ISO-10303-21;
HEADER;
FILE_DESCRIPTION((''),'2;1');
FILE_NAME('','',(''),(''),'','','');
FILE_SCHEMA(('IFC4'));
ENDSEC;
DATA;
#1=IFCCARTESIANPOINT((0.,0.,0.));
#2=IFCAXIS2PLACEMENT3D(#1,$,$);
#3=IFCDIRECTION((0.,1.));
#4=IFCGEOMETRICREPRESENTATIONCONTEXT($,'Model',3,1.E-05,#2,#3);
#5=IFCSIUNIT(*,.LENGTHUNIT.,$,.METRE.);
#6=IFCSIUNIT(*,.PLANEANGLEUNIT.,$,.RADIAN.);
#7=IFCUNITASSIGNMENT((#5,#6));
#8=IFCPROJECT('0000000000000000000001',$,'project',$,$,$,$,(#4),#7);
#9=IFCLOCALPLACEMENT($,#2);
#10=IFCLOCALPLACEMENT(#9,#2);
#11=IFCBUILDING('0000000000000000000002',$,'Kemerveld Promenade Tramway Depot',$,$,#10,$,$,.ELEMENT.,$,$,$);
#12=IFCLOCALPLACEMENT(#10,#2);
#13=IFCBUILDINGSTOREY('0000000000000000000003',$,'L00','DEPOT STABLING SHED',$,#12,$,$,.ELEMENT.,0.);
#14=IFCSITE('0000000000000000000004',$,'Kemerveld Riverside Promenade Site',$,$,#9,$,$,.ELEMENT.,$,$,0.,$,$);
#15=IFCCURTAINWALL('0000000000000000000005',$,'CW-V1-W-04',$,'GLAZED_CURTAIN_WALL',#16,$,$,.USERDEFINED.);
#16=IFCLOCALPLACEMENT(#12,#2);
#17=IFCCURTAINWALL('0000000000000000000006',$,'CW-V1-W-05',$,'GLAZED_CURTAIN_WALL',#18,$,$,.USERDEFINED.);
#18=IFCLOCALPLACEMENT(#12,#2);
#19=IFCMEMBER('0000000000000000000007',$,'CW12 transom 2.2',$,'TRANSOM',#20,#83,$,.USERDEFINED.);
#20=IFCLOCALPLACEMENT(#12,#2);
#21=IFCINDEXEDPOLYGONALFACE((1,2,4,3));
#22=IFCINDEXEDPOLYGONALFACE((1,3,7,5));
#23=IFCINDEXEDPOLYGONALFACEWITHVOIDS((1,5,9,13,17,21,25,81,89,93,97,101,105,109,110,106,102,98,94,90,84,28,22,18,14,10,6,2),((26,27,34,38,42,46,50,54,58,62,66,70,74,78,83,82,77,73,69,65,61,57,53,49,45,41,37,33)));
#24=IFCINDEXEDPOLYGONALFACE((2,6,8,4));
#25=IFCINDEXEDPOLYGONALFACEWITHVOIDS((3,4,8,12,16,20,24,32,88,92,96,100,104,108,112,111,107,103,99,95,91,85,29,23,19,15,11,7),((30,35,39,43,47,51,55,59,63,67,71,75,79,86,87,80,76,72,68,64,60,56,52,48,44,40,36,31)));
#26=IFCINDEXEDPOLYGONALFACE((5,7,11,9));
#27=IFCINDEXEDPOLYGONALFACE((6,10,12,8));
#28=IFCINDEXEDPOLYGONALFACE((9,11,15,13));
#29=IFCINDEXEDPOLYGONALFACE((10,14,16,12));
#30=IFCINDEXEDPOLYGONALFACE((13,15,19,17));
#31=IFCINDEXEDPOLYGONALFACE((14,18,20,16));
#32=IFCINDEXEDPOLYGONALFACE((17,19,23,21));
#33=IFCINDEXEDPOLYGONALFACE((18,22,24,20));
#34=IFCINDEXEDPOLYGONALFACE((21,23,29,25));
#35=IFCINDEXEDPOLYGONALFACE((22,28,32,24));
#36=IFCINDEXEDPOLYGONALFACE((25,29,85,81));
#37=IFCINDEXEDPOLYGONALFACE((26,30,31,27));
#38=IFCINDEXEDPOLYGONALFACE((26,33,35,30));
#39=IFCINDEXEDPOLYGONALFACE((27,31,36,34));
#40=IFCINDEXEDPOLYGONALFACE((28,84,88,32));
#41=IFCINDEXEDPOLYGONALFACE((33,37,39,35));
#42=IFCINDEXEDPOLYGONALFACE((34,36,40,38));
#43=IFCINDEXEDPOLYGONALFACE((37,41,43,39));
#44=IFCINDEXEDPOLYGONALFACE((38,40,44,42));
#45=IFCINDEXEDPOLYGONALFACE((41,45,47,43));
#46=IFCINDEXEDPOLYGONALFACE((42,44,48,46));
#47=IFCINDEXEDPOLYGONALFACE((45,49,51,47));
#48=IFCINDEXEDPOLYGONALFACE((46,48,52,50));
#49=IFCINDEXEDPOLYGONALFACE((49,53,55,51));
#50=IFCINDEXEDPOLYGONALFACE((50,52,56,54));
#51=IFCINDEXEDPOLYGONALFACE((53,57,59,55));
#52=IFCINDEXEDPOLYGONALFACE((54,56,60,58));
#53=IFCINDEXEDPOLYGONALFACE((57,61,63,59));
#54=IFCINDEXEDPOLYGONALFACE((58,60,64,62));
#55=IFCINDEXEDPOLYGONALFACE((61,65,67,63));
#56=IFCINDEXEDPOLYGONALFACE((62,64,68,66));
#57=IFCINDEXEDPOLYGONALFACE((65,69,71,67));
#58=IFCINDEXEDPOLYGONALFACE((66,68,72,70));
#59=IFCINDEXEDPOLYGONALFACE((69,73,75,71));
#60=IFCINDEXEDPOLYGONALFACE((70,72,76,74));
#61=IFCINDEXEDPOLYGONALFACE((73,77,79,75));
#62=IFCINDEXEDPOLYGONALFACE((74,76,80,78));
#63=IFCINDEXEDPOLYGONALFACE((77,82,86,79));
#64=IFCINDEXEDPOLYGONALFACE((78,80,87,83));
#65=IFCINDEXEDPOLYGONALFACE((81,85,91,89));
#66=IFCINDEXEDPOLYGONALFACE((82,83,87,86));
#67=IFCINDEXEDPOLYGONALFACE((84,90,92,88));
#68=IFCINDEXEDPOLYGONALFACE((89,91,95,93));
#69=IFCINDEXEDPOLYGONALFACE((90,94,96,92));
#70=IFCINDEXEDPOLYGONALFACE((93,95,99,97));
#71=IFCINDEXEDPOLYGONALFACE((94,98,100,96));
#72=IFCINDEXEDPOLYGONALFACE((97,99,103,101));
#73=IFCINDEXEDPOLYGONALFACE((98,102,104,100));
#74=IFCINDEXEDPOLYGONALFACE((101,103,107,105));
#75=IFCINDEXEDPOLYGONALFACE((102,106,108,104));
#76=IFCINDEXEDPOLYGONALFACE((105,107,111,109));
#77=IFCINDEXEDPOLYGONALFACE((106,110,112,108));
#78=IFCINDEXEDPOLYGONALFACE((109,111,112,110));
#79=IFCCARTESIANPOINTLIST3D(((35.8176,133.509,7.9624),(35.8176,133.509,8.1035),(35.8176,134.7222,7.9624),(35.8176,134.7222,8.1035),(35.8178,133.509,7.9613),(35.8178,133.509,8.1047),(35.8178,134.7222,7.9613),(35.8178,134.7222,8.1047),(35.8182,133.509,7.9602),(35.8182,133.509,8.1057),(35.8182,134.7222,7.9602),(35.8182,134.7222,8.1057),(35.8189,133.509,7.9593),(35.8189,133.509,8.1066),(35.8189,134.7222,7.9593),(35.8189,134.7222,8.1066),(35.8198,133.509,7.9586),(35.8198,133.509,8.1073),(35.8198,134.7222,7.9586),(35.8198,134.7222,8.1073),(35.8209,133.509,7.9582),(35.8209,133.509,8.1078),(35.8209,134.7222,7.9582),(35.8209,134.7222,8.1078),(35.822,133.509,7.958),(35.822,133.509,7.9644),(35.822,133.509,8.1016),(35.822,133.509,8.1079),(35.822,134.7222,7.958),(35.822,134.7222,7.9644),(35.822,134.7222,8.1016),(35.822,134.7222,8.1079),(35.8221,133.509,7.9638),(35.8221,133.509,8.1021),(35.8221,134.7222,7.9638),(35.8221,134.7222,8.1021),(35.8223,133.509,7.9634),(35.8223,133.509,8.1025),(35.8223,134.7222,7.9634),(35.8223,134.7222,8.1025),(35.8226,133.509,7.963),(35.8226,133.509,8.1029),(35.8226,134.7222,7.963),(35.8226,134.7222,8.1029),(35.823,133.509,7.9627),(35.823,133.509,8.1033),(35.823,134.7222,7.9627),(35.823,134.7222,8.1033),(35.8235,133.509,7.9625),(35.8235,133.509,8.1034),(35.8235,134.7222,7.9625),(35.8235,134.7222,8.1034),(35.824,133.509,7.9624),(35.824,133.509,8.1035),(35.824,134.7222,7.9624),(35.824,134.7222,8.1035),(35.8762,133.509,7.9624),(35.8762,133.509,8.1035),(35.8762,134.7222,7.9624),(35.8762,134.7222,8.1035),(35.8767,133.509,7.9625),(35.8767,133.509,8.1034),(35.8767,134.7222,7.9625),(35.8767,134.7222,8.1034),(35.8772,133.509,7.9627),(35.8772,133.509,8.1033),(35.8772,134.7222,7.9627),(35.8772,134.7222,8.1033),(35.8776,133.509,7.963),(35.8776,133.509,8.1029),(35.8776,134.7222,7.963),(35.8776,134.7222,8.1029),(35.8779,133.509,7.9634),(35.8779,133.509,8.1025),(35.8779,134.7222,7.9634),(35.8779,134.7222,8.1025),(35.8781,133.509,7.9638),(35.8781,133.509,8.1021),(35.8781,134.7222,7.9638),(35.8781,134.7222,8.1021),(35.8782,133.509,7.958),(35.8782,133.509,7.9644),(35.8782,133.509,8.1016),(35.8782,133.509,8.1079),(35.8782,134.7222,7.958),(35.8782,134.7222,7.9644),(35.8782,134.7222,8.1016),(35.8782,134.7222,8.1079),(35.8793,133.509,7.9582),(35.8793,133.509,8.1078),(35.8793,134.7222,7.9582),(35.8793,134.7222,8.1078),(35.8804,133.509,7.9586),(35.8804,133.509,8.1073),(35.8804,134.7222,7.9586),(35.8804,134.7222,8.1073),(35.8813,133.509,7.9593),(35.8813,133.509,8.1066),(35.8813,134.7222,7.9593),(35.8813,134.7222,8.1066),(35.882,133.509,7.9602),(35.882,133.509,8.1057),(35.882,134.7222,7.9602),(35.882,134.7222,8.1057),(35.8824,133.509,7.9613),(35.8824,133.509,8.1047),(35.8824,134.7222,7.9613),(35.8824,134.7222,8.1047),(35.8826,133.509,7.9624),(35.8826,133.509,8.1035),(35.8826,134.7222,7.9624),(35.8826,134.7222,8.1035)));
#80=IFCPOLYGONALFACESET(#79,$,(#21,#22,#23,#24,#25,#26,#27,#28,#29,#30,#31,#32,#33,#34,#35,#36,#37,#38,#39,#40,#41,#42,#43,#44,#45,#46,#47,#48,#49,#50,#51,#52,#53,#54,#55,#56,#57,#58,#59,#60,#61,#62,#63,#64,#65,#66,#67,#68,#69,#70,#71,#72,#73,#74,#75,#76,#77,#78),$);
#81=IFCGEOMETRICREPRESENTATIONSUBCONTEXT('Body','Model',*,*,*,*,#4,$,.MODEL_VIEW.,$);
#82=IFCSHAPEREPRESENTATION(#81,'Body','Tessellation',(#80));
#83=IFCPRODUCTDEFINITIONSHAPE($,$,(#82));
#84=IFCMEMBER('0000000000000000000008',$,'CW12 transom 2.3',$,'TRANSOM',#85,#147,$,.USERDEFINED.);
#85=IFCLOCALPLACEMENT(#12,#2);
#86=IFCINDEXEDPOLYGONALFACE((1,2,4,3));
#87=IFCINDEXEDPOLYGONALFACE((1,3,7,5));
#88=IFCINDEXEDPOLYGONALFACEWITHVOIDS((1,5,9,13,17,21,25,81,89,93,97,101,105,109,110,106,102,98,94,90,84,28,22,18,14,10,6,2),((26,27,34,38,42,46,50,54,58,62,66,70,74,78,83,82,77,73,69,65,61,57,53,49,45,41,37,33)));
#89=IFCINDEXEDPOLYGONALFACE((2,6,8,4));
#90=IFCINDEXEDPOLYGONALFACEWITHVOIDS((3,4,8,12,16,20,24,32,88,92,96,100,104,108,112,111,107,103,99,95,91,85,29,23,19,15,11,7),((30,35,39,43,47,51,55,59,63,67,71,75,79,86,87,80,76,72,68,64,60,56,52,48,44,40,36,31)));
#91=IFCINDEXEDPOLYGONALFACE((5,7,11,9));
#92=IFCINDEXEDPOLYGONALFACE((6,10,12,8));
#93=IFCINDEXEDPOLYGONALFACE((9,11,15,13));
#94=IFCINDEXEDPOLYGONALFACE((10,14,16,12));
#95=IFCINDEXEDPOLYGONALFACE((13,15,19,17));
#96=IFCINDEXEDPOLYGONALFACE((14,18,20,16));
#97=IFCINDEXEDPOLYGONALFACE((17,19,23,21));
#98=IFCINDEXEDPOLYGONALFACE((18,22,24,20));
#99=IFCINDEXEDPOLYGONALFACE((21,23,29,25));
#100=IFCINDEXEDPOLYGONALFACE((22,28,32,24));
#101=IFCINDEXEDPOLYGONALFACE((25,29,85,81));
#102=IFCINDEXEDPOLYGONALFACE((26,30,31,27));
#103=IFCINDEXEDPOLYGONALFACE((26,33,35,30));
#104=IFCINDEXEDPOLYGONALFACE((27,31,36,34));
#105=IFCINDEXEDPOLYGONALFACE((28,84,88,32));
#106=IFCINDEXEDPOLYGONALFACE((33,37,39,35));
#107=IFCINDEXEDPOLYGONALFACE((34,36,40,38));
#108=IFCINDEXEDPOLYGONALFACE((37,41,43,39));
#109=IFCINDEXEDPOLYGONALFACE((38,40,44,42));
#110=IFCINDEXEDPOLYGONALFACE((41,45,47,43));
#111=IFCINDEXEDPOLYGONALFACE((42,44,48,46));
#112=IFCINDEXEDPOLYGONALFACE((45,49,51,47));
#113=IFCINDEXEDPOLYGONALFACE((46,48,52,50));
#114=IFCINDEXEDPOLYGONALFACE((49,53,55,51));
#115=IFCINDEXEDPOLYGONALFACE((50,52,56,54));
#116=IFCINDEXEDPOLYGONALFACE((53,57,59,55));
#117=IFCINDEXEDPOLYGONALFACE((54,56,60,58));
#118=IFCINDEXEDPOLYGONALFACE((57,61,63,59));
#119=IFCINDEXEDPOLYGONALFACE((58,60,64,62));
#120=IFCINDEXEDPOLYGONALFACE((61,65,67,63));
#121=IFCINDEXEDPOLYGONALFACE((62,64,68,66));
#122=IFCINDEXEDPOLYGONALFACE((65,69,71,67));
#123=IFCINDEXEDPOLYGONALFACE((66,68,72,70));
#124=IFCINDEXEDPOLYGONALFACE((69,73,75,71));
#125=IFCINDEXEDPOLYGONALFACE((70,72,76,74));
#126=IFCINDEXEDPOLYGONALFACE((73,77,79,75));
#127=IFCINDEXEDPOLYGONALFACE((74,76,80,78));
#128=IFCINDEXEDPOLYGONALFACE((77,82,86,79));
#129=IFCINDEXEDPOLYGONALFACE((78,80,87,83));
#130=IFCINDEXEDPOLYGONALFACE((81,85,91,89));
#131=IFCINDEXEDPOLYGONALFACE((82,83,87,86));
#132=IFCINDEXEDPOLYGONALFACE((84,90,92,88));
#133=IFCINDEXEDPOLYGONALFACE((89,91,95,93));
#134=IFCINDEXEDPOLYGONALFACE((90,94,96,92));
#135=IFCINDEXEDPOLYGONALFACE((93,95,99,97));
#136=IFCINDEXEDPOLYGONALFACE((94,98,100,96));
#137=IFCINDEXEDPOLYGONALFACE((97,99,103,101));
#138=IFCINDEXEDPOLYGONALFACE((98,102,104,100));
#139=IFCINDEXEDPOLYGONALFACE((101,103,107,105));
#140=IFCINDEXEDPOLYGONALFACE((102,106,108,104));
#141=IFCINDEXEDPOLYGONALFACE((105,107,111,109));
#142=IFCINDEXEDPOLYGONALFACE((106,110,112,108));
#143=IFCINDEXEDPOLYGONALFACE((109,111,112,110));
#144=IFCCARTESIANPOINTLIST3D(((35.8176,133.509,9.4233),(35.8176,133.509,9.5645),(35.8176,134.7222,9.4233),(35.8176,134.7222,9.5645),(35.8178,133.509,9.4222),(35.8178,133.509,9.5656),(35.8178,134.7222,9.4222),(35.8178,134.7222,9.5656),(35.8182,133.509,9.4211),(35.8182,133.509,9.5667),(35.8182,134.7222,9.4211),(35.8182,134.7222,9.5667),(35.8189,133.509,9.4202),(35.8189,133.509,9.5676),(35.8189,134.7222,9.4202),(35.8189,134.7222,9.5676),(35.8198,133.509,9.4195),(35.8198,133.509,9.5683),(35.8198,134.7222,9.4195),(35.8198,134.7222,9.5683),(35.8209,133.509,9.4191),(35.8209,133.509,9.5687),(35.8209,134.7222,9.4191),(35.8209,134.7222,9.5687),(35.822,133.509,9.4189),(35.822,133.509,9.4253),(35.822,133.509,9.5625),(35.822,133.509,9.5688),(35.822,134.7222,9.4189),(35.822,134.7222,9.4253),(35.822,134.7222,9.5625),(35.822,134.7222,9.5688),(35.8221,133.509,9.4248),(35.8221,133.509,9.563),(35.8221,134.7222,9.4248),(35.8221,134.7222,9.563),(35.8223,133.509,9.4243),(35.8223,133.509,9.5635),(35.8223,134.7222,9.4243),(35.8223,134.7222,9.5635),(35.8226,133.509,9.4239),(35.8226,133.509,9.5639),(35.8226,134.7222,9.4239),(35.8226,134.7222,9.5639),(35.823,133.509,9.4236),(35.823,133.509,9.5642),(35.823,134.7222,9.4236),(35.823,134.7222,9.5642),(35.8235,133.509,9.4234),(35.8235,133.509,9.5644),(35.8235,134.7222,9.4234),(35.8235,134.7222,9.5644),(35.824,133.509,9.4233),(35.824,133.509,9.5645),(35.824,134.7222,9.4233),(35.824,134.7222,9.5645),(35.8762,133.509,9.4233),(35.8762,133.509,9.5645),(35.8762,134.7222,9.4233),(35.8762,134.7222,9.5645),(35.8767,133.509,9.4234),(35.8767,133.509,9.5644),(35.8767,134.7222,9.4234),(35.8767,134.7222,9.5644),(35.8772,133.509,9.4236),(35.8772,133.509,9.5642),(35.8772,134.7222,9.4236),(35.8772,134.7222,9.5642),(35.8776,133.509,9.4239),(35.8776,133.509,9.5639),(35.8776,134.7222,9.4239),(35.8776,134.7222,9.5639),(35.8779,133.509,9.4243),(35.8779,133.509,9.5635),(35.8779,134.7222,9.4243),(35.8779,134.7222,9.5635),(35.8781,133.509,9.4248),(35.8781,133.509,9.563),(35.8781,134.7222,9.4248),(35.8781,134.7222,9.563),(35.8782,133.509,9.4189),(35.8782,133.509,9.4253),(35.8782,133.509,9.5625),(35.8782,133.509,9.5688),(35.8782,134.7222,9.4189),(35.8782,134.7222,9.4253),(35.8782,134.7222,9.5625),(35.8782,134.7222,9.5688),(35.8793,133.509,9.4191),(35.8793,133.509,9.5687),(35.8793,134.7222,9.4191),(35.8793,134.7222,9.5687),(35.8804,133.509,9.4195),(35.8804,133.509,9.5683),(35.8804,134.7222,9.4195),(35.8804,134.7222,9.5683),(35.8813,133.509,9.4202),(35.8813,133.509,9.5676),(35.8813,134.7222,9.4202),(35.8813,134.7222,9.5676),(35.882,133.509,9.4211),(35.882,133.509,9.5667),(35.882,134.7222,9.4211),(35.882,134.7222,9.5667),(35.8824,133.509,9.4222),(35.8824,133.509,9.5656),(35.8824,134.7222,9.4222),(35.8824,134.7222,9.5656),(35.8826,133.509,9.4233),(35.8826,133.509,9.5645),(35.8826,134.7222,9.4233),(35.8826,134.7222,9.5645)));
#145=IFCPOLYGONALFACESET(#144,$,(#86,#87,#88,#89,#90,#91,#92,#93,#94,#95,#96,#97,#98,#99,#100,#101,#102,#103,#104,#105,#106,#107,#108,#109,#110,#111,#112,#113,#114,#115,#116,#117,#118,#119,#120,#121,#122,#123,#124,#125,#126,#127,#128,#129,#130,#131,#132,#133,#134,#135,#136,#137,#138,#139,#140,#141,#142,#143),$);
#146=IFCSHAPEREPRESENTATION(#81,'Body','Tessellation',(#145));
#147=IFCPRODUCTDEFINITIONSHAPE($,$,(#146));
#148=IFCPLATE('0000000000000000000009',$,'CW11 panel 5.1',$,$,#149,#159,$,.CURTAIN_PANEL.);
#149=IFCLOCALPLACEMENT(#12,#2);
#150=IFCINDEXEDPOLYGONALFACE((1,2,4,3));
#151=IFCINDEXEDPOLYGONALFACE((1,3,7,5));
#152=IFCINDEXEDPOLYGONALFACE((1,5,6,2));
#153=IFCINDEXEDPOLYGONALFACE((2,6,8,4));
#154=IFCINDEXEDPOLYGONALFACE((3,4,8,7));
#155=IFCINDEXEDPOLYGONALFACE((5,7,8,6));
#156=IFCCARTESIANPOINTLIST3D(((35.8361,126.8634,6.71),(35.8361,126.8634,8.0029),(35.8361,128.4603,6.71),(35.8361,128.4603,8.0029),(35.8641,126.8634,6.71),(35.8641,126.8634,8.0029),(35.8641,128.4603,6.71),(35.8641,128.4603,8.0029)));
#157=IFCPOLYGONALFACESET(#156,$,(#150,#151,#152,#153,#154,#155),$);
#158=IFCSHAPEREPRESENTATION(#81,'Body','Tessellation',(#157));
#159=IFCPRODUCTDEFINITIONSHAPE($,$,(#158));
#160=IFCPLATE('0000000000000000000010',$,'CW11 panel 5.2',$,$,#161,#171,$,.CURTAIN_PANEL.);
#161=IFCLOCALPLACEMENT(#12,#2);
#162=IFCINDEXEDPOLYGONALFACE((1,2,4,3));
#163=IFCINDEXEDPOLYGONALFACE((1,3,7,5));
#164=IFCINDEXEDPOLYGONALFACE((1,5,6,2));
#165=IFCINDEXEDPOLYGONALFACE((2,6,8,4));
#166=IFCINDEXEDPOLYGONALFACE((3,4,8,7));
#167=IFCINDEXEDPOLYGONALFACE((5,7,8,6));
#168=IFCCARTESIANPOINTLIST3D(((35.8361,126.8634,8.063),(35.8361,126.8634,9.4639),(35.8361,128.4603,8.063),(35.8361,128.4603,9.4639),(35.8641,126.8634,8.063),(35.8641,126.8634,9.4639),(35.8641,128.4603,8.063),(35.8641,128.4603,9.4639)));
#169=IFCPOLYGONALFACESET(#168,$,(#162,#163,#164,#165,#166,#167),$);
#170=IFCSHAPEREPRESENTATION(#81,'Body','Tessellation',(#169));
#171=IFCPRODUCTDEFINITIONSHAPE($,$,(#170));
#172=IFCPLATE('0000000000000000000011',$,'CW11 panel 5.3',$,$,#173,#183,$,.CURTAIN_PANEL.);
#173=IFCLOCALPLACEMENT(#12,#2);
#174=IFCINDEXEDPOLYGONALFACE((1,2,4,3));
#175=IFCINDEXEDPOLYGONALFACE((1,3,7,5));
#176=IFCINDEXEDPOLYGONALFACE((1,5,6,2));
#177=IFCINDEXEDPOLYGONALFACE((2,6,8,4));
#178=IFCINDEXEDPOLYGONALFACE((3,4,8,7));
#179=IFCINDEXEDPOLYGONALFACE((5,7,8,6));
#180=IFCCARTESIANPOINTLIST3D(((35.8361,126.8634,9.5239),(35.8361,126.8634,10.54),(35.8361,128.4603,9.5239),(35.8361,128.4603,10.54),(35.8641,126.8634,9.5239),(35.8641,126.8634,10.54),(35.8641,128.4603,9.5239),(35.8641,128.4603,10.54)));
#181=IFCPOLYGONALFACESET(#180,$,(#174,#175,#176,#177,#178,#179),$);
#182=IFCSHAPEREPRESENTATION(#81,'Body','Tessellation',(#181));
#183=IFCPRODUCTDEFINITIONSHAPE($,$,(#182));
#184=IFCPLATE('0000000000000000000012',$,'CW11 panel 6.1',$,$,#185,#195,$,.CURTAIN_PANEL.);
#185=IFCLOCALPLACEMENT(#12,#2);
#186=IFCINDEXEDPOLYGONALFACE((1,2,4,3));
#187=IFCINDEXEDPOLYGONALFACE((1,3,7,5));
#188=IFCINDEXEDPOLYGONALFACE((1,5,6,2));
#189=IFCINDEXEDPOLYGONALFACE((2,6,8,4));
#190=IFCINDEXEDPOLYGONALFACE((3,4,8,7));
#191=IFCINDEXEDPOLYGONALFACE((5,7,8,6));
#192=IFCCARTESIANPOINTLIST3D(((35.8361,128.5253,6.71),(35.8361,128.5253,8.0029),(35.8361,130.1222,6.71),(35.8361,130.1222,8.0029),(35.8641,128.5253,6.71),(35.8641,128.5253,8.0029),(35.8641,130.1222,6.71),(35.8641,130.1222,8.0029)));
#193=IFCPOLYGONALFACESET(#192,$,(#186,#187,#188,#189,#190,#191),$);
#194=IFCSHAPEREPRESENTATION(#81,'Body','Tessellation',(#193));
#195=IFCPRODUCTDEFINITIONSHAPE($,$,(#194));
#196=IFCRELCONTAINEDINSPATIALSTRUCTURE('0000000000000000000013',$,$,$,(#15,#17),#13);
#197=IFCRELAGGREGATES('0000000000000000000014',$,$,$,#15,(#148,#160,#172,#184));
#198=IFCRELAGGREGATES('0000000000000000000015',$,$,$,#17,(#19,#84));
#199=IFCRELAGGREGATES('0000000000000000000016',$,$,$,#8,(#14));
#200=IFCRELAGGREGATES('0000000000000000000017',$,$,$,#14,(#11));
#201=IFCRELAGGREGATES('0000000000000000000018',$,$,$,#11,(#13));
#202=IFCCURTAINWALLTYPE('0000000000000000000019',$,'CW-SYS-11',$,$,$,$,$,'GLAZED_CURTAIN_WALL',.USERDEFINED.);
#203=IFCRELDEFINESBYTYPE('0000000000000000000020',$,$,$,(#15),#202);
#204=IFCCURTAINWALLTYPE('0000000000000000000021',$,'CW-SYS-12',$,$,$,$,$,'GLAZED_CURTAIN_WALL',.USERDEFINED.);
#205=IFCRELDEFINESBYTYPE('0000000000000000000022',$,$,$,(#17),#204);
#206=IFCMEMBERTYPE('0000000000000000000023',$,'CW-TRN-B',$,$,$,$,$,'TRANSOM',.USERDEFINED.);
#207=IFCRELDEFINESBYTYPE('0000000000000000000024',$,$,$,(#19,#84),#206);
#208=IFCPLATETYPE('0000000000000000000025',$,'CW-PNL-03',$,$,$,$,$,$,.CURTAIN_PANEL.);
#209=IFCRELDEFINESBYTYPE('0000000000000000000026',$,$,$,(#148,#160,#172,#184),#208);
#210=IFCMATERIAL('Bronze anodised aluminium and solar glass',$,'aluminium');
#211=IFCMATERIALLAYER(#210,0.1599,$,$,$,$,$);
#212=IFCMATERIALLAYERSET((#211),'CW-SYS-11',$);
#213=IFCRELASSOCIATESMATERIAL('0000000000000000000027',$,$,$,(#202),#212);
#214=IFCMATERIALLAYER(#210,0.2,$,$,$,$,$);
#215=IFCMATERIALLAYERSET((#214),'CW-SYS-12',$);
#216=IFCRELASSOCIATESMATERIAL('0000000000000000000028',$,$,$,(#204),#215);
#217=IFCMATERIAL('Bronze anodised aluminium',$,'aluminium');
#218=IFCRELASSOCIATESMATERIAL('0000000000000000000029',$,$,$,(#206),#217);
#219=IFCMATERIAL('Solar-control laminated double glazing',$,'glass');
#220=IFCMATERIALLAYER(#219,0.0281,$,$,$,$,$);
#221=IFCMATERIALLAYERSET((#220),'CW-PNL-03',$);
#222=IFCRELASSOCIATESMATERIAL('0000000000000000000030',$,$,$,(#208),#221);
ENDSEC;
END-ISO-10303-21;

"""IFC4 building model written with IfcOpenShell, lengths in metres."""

from ifc_helpers import new_model, si_unit, direction, frame, origin, origin_2d, place, context, subcontext, project, spatial, rectangle, hollow_rectangle, extrude, material, layer, layer_set, material_profile, profile_set, type_object, element, aggregate, save


model = new_model("IFC4")

# Units and contexts
model_context = context("Model", 3, precision=1e-05, world=origin(), true_north=direction((0.0, 1.0)))
body_context = subcontext(model_context, "Body", "Model", "MODEL_VIEW")
ifc_project = project(units=[si_unit("LENGTHUNIT", "METRE"), si_unit("PLANEANGLEUNIT", "RADIAN")], contexts=[model_context])

# Site, building, storey
site_placement = place(None, origin())
site = spatial("IfcSite", under=ifc_project, at=site_placement, Name="Kemerveld Riverside Promenade Site", CompositionType="ELEMENT", RefElevation=0.0)
building_placement = place(site_placement, origin())
building = spatial("IfcBuilding", under=site, at=building_placement, Name="Kemerveld Promenade Tramway Depot", CompositionType="ELEMENT")
storey_placement = place(building_placement, origin())
storey = spatial("IfcBuildingStorey", under=building, at=storey_placement, Name="L00", Description="DEPOT STABLING SHED", CompositionType="ELEMENT", Elevation=0.0)

# Curtain walls
ifc_material_1 = material(Name="Bronze anodised aluminium and solar glass", Category="aluminium")
ifc_layer_1 = layer(ifc_material_1, 0.1599)
ifc_layer_set_1 = layer_set([ifc_layer_1], Name="CW-SYS-11")
curtain_wall_type_1 = type_object("IfcCurtainWallType", Name="CW-SYS-11", ElementType="GLAZED_CURTAIN_WALL", PredefinedType="USERDEFINED", material=ifc_layer_set_1)
curtain_wall_1_placement = place(storey_placement, origin())
curtain_wall_1 = element("IfcCurtainWall", 1, at=curtain_wall_1_placement, inside=storey, type_object=curtain_wall_type_1, Name="CW-V1-W-04", ObjectType="GLAZED_CURTAIN_WALL", PredefinedType="USERDEFINED")
ifc_material_2 = material(Name="Bronze anodised aluminium", Category="aluminium")
ifc_layer_2 = layer(ifc_material_1, 0.2)
ifc_layer_set_2 = layer_set([ifc_layer_2], Name="CW-SYS-12")
curtain_wall_type_2 = type_object("IfcCurtainWallType", Name="CW-SYS-12", ElementType="GLAZED_CURTAIN_WALL", PredefinedType="USERDEFINED", material=ifc_layer_set_2)
curtain_wall_2_placement = place(storey_placement, origin())
curtain_wall_2 = element("IfcCurtainWall", 2, at=curtain_wall_2_placement, inside=storey, type_object=curtain_wall_type_2, Name="CW-V1-W-05", ObjectType="GLAZED_CURTAIN_WALL", PredefinedType="USERDEFINED")

# Members
ifc_material_profile_1 = material_profile(ifc_material_2, hollow_rectangle(XDim=0.0649, YDim=0.1499, WallThickness=0.0044, InnerFilletRadius=0.002, OuterFilletRadius=0.0044, at=origin_2d()), Name="CW-TRN-150x65")
ifc_profile_set_1 = profile_set([ifc_material_profile_1], Name="Bronze anodised aluminium")
member_type_1 = type_object("IfcMemberType", Name="CW-TRN-B", ElementType="TRANSOM", PredefinedType="USERDEFINED", material=ifc_profile_set_1)
member_1_placement = place(storey_placement, frame((35.8501, 133.509, 8.033), z_axis=(0.0, 1.0, 0.0), x_axis=(-1.0, 0.0, 0.0)))
member_1 = element("IfcMember", 3, at=member_1_placement, type_object=member_type_1, Name="CW12 transom 2.2", ObjectType="TRANSOM", PredefinedType="USERDEFINED", context=body_context, shape_type="SweptSolid", body=[
    extrude(hollow_rectangle(XDim=0.0649, YDim=0.1499, WallThickness=0.0044, InnerFilletRadius=0.002, OuterFilletRadius=0.0044, at=origin_2d()), origin(), (0.0, 0.0, 1.0), 1.2131),
])
member_2_placement = place(storey_placement, frame((35.8501, 133.509, 9.4939), z_axis=(0.0, 1.0, 0.0), x_axis=(-1.0, 0.0, 0.0)))
member_2 = element("IfcMember", 4, at=member_2_placement, type_object=member_type_1, Name="CW12 transom 2.3", ObjectType="TRANSOM", PredefinedType="USERDEFINED", context=body_context, shape_type="SweptSolid", body=[
    extrude(hollow_rectangle(XDim=0.0649, YDim=0.1499, WallThickness=0.0044, InnerFilletRadius=0.002, OuterFilletRadius=0.0044, at=origin_2d()), origin(), (0.0, 0.0, 1.0), 1.2131),
])

# Plates
ifc_material_3 = material(Name="Solar-control laminated double glazing", Category="glass")
ifc_layer_3 = layer(ifc_material_3, 0.0281)
ifc_layer_set_3 = layer_set([ifc_layer_3], Name="CW-PNL-03")
plate_type_1 = type_object("IfcPlateType", Name="CW-PNL-03", PredefinedType="CURTAIN_PANEL", material=ifc_layer_set_3)
plate_1_placement = place(storey_placement, frame((35.8501, 127.6619, 6.71), z_axis=(0.0, 0.0, 1.0), x_axis=(0.0, 1.0, 0.0)))
plate_1 = element("IfcPlate", 5, at=plate_1_placement, type_object=plate_type_1, Name="CW11 panel 5.1", PredefinedType="CURTAIN_PANEL", context=body_context, shape_type="SweptSolid", body=[
    extrude(rectangle(XDim=1.5969, YDim=0.0281, at=origin_2d()), origin(), (0.0, 0.0, 1.0), 1.293),
])
plate_2_placement = place(storey_placement, frame((35.8501, 127.6619, 8.063), z_axis=(0.0, 0.0, 1.0), x_axis=(0.0, 1.0, 0.0)))
plate_2 = element("IfcPlate", 6, at=plate_2_placement, type_object=plate_type_1, Name="CW11 panel 5.2", PredefinedType="CURTAIN_PANEL", context=body_context, shape_type="SweptSolid", body=[
    extrude(rectangle(XDim=1.5969, YDim=0.0281, at=origin_2d()), origin(), (0.0, 0.0, 1.0), 1.4009),
])
plate_3_placement = place(storey_placement, frame((35.8501, 127.6619, 9.5239), z_axis=(0.0, 0.0, 1.0), x_axis=(0.0, 1.0, 0.0)))
plate_3 = element("IfcPlate", 7, at=plate_3_placement, type_object=plate_type_1, Name="CW11 panel 5.3", PredefinedType="CURTAIN_PANEL", context=body_context, shape_type="SweptSolid", body=[
    extrude(rectangle(XDim=1.5969, YDim=0.0281, at=origin_2d()), origin(), (0.0, 0.0, 1.0), 1.0161),
])
plate_4_placement = place(storey_placement, frame((35.8501, 129.3237, 6.71), z_axis=(0.0, 0.0, 1.0), x_axis=(0.0, 1.0, 0.0)))
plate_4 = element("IfcPlate", 8, at=plate_4_placement, type_object=plate_type_1, Name="CW11 panel 6.1", PredefinedType="CURTAIN_PANEL", context=body_context, shape_type="SweptSolid", body=[
    extrude(rectangle(XDim=1.5969, YDim=0.0281, at=origin_2d()), origin(), (0.0, 0.0, 1.0), 1.293),
])
aggregate(curtain_wall_1, [plate_1, plate_2, plate_3, plate_4])
aggregate(curtain_wall_2, [member_1, member_2])

save(model, "model.ifc")
